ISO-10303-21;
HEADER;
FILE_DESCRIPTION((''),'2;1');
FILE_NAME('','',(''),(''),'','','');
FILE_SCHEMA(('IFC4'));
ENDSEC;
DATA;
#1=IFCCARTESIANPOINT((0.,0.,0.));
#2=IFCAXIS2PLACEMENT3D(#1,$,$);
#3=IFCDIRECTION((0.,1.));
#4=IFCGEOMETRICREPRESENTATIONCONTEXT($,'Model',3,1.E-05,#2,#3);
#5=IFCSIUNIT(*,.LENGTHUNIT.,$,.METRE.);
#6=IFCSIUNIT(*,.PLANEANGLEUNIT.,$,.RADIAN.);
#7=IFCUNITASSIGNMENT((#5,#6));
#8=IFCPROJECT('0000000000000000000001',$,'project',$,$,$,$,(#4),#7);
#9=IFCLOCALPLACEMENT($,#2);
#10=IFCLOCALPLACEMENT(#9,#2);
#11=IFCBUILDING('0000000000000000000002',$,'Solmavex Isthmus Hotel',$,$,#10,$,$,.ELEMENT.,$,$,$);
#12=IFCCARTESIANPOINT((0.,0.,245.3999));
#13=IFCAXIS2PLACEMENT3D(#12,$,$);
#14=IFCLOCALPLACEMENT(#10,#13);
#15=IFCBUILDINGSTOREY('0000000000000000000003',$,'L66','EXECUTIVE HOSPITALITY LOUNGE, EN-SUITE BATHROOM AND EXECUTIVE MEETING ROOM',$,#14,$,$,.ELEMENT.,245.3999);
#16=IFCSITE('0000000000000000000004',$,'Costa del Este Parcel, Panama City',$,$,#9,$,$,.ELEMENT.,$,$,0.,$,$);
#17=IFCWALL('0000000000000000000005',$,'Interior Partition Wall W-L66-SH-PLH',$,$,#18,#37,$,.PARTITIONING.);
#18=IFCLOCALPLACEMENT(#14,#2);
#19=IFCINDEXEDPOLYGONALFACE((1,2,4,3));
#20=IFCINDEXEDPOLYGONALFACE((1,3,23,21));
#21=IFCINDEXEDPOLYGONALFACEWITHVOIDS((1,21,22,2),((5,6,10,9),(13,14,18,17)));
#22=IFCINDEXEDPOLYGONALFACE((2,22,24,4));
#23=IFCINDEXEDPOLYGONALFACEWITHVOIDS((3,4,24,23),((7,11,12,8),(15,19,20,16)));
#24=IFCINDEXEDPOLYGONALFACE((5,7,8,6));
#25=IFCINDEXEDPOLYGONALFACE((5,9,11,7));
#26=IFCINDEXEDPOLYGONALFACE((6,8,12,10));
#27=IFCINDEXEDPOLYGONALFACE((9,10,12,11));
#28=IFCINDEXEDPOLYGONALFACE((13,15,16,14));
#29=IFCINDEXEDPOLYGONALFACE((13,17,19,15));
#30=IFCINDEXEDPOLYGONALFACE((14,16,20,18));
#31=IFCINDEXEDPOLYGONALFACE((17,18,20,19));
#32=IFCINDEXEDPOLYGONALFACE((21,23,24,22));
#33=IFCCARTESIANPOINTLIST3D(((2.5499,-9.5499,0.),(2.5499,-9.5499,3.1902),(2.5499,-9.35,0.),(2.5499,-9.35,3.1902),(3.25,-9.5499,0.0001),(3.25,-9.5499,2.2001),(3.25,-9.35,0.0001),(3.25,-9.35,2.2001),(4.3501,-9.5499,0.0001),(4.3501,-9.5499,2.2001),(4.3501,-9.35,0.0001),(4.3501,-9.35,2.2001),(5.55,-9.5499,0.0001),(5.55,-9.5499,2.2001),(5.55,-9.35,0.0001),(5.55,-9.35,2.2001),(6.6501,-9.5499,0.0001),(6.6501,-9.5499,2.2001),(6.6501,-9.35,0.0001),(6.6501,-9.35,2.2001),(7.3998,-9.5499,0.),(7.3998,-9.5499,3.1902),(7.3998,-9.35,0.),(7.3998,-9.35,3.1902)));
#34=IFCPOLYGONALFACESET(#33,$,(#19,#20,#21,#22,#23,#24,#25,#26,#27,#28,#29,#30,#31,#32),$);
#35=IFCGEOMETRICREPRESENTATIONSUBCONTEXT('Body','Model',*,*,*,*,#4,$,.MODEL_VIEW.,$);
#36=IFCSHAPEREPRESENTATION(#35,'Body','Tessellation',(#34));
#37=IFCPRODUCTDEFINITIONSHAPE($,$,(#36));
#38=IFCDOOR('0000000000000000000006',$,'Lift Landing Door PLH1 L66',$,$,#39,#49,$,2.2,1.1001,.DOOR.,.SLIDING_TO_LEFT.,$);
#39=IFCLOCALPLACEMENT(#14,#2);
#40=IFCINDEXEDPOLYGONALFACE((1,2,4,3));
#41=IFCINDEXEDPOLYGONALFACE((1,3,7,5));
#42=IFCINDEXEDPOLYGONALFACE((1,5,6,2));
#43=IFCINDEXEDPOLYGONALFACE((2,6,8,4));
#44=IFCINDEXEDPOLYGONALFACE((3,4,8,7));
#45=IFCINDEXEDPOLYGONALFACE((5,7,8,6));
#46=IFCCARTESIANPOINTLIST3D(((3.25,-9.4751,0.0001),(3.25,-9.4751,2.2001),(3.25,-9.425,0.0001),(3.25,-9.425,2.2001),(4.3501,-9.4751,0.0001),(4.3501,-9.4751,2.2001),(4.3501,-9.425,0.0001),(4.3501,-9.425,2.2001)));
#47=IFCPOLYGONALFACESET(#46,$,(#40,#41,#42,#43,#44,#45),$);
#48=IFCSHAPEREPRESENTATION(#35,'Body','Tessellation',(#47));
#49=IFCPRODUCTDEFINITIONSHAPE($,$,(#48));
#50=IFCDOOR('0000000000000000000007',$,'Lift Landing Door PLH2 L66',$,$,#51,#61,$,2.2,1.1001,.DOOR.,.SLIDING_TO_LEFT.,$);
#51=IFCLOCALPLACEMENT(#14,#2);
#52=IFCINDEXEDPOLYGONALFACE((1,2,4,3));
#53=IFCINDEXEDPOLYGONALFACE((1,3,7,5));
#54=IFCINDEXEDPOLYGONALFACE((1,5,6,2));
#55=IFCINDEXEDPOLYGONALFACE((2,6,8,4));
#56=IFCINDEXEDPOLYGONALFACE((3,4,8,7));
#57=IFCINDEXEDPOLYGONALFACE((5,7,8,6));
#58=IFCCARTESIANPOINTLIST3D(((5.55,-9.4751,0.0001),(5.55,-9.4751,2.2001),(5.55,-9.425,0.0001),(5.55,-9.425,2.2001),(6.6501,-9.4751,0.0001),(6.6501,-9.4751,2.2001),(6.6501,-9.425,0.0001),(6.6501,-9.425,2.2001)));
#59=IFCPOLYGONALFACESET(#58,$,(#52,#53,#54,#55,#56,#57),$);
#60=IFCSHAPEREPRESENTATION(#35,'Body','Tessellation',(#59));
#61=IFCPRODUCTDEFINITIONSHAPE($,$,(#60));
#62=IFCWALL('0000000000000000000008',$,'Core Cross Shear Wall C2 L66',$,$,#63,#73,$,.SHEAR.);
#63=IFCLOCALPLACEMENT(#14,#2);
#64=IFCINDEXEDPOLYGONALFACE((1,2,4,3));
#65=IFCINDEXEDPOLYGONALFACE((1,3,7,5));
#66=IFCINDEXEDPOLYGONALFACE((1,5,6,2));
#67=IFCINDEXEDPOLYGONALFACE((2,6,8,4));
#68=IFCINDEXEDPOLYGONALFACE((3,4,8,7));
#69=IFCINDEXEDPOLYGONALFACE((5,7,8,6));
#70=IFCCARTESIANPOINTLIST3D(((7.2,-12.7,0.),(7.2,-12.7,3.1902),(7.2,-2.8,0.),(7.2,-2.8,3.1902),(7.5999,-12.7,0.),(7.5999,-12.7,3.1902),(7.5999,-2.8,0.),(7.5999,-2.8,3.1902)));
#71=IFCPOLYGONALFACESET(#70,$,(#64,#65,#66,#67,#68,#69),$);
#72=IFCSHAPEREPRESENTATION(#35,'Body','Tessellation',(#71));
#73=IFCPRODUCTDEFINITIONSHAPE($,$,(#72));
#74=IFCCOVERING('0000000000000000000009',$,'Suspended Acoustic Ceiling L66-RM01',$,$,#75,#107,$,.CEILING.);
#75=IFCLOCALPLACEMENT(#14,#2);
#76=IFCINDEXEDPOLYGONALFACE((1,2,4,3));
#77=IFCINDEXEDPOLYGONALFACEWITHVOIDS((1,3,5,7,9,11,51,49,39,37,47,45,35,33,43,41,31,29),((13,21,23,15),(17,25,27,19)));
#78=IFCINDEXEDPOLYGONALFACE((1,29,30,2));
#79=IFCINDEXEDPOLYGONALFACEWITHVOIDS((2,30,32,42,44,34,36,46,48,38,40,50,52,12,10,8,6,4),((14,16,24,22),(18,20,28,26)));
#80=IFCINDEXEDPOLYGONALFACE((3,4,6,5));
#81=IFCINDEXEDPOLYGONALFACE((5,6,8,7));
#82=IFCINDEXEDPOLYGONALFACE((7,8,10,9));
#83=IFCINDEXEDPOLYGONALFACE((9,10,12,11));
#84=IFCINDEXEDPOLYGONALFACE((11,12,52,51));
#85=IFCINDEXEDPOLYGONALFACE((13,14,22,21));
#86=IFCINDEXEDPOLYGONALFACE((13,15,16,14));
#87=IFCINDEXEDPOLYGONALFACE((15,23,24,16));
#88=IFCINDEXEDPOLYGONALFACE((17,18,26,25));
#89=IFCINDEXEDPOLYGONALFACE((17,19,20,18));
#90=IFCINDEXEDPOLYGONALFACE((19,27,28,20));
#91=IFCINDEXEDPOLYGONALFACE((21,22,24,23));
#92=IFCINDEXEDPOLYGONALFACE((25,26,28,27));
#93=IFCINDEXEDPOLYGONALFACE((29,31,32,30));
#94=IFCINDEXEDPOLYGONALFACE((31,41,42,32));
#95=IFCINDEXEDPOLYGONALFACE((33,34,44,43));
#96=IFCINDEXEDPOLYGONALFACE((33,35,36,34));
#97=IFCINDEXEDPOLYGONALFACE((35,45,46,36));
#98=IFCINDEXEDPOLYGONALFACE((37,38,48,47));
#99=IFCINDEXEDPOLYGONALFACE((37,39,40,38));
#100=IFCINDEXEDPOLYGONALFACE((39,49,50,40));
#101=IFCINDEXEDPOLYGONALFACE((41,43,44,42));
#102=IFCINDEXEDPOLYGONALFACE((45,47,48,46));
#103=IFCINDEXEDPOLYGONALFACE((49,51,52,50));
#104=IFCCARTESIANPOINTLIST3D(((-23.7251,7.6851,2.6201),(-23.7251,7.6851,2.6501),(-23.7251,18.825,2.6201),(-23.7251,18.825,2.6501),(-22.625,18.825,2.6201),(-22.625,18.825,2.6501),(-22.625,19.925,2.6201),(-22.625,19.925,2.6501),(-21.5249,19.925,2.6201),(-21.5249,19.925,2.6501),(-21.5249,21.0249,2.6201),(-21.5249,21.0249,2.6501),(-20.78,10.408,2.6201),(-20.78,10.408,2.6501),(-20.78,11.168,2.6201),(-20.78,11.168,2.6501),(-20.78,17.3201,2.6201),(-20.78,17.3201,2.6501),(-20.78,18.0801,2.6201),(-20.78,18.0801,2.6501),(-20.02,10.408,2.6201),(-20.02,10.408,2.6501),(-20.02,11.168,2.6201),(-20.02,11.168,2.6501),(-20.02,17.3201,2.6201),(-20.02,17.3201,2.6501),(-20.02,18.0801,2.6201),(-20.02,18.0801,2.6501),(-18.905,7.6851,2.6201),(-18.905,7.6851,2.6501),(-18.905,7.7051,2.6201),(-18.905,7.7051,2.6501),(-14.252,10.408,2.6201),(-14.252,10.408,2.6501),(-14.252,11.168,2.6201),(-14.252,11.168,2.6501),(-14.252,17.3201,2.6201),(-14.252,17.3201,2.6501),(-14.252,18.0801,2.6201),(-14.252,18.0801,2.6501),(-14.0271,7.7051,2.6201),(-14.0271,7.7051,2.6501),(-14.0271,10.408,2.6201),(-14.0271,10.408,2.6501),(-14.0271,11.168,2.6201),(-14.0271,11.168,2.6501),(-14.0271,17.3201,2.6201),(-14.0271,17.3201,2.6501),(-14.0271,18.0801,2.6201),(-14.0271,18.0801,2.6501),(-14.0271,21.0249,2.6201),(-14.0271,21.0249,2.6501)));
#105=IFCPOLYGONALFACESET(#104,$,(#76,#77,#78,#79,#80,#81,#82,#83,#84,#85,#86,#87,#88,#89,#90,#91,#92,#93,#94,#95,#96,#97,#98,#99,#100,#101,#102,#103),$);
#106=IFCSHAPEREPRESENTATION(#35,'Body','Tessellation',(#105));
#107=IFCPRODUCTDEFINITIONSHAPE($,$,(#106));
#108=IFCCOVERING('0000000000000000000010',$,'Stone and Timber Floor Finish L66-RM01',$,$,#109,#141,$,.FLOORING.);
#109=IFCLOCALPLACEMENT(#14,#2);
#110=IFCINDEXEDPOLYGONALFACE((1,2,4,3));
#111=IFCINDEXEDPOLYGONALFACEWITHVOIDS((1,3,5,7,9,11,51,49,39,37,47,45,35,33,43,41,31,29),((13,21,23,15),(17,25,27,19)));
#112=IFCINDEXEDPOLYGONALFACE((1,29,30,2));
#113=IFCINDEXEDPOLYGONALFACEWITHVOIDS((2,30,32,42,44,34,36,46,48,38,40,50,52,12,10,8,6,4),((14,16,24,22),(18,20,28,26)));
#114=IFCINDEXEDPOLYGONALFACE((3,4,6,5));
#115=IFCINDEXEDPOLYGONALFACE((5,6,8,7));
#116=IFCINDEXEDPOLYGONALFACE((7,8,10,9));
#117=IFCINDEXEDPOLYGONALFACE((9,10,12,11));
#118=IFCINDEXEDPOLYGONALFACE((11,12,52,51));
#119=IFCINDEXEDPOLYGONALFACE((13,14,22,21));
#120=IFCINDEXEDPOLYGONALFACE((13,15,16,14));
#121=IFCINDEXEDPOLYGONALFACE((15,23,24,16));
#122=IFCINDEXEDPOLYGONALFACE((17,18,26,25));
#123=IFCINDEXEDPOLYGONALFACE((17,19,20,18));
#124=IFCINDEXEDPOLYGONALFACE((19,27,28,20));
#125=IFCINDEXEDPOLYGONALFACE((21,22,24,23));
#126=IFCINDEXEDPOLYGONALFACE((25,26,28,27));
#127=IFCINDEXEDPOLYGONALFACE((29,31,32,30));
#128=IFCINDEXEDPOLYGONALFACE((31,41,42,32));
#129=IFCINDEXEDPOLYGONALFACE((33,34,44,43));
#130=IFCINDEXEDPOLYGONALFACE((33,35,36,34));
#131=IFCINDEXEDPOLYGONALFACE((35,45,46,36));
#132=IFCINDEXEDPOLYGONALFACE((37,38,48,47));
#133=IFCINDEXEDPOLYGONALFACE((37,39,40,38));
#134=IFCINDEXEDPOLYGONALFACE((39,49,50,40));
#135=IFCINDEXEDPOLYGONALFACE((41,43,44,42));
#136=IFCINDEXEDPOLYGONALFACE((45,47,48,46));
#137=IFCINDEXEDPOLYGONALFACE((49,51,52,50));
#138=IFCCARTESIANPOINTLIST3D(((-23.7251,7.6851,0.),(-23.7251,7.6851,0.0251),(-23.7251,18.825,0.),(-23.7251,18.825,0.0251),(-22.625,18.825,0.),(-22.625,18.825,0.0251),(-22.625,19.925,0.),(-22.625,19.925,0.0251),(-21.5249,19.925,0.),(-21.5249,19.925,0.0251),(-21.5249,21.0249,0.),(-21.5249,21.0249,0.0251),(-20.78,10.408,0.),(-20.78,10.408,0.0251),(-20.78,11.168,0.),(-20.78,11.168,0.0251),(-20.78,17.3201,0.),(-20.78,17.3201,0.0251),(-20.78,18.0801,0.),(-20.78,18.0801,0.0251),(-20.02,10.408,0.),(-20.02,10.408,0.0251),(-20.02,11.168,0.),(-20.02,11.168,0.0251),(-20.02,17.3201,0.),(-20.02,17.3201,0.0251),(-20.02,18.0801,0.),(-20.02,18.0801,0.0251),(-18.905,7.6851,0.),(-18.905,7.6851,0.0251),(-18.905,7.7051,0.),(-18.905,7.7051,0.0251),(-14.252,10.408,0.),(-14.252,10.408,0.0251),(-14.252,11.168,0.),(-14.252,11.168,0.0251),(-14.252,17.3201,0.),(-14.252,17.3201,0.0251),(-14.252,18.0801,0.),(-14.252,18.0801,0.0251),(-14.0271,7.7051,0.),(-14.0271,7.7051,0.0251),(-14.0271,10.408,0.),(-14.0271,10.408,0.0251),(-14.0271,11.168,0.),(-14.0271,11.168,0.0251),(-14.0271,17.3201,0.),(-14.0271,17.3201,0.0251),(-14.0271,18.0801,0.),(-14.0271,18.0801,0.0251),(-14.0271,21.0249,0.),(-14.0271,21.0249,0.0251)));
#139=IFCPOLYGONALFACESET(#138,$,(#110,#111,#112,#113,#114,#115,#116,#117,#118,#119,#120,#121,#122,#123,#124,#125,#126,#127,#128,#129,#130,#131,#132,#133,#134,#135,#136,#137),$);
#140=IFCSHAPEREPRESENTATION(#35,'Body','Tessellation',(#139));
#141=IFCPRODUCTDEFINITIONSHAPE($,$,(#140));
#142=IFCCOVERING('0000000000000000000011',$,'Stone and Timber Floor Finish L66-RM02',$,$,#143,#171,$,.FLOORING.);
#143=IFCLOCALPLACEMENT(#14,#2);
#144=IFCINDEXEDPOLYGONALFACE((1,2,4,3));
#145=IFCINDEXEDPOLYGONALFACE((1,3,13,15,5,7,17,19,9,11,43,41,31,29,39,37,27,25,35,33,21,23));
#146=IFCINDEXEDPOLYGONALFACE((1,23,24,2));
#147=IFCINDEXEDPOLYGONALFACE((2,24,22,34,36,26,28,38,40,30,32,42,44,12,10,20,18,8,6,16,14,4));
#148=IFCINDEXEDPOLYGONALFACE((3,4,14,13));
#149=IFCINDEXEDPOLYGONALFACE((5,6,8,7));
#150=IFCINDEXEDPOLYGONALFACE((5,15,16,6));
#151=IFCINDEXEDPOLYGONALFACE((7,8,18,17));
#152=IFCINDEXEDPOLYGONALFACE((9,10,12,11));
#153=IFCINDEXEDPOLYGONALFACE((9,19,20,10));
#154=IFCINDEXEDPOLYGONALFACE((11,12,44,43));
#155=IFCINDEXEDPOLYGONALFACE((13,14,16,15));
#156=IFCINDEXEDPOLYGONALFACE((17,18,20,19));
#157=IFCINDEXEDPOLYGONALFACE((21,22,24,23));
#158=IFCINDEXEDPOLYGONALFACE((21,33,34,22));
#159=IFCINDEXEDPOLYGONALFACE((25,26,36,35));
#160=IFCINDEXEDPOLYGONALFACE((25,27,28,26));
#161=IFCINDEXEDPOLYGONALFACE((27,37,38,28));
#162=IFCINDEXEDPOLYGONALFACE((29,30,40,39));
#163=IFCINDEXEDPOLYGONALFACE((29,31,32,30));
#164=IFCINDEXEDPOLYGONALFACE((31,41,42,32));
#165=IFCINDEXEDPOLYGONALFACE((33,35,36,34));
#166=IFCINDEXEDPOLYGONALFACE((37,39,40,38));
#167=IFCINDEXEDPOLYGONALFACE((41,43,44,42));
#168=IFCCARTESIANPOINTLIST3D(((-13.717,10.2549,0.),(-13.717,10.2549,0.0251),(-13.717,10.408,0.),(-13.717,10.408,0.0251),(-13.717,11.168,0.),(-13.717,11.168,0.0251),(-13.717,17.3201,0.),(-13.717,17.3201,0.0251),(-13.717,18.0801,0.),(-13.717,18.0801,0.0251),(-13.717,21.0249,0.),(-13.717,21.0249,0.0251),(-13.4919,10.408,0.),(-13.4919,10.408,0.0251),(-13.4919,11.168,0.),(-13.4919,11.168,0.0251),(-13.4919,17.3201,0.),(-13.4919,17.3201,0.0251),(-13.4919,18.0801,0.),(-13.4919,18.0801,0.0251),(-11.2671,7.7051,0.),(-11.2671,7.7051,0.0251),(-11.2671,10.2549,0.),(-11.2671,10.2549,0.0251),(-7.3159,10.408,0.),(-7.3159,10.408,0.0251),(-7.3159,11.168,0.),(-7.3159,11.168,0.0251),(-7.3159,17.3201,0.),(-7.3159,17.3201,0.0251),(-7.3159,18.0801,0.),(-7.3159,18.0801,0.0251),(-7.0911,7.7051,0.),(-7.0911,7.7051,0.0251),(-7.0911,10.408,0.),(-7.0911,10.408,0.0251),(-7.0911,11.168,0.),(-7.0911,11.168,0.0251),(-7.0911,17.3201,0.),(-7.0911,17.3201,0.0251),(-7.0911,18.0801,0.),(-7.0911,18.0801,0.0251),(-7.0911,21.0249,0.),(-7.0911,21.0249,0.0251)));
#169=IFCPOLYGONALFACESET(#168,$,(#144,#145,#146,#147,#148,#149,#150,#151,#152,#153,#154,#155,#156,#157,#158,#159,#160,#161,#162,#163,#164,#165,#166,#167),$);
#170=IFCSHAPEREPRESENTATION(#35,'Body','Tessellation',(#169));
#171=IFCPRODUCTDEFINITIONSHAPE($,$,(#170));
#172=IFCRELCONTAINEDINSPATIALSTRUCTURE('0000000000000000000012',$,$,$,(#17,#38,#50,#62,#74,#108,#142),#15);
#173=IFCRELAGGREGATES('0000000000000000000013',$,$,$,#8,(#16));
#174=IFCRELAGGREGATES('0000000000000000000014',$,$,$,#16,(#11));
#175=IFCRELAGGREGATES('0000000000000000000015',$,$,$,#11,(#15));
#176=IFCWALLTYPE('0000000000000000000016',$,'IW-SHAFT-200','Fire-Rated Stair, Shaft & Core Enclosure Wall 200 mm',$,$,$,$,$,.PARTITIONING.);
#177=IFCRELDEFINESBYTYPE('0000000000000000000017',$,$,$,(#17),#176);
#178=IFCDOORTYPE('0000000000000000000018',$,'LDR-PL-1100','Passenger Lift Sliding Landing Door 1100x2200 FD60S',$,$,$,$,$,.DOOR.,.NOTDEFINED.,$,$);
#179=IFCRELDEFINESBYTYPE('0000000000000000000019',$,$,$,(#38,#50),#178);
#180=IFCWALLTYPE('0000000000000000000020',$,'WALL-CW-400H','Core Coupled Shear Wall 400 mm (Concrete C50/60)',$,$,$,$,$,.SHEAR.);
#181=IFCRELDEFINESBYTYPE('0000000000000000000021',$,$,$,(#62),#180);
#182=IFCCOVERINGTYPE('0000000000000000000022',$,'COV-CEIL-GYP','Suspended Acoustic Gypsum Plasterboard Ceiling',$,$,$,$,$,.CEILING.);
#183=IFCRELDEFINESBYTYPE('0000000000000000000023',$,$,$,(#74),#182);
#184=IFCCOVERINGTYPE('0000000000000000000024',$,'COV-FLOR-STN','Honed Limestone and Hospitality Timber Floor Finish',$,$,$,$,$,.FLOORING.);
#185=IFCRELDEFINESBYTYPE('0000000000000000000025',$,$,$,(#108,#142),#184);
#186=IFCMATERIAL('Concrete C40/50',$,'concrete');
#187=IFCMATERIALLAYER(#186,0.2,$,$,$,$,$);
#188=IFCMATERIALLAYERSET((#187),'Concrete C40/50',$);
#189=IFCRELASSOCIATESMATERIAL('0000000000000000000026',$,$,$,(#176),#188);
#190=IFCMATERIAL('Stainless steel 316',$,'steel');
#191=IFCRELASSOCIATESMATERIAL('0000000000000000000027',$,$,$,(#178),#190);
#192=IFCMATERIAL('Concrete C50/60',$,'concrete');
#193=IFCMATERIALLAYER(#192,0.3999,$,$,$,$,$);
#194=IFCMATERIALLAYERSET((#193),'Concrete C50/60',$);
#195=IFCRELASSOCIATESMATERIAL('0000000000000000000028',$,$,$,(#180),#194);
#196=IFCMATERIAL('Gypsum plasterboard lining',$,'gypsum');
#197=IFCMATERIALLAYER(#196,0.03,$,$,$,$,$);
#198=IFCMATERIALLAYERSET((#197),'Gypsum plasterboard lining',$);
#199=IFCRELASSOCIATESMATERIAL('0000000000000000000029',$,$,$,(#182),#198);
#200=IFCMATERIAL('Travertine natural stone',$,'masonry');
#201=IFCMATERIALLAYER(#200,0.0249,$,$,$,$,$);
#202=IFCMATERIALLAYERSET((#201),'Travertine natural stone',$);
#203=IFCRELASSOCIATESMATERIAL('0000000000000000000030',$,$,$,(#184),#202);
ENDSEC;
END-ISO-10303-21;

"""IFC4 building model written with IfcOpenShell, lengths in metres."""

from ifc_helpers import new_model, si_unit, direction, frame, frame_2d, origin, place, context, subcontext, project, spatial, polyline, rectangle, outline, extrude, material, layer, layer_set, type_object, element, fill, save


model = new_model("IFC4")

# Units and contexts
model_context = context("Model", 3, precision=1e-05, world=origin(), true_north=direction((0.0, 1.0)))
body_context = subcontext(model_context, "Body", "Model", "MODEL_VIEW")
ifc_project = project(units=[si_unit("LENGTHUNIT", "METRE"), si_unit("PLANEANGLEUNIT", "RADIAN")], contexts=[model_context])

# Site, building, storey
site_placement = place(None, origin())
site = spatial("IfcSite", under=ifc_project, at=site_placement, Name="Costa del Este Parcel, Panama City", CompositionType="ELEMENT", RefElevation=0.0)
building_placement = place(site_placement, origin())
building = spatial("IfcBuilding", under=site, at=building_placement, Name="Solmavex Isthmus Hotel", CompositionType="ELEMENT")
storey_placement = place(building_placement, frame((0.0, 0.0, 245.3999)))
storey = spatial("IfcBuildingStorey", under=building, at=storey_placement, Name="L66", Description="EXECUTIVE HOSPITALITY LOUNGE, EN-SUITE BATHROOM AND EXECUTIVE MEETING ROOM", CompositionType="ELEMENT", Elevation=245.3999)

# Shared definitions
ifc_material_1 = material(Name="Concrete C50/60", Category="concrete")

# Shared definitions
ifc_material_2 = material(Name="Concrete C40/50", Category="concrete")

# Shared definitions
ifc_material_3 = material(Name="Gypsum plasterboard lining", Category="gypsum")

# Wall, openings, doors
ifc_layer_1 = layer(ifc_material_2, 0.2)
ifc_layer_set_1 = layer_set([ifc_layer_1], Name="Concrete C40/50")
wall_type_1 = type_object("IfcWallType", Name="IW-SHAFT-200", Description="Fire-Rated Stair, Shaft & Core Enclosure Wall 200 mm", PredefinedType="PARTITIONING", material=ifc_layer_set_1)
ifc_material_4 = material(Name="Stainless steel 316", Category="steel")
wall_1_placement = place(storey_placement, frame((2.55, -9.45, 0.0), z_axis=(0.0, 0.0, 1.0), x_axis=(1.0, 0.0, 0.0)))
wall_1 = element("IfcWall", 1, at=wall_1_placement, inside=storey, type_object=wall_type_1, Name="Interior Partition Wall W-L66-SH-PLH", PredefinedType="PARTITIONING", context=body_context, shape_type="SweptSolid", body=[
    extrude(rectangle(XDim=4.8499, YDim=0.2, at=frame_2d((2.4248, 0.0))), origin(), (0.0, 0.0, 1.0), 3.1902),
])
opening_1_placement = place(wall_1_placement, frame((0.7, 0.0, 0.0)))
opening_1 = element("IfcOpeningElement", 2, at=opening_1_placement, cuts=wall_1, PredefinedType="OPENING", context=body_context, shape_type="SweptSolid", body=[
    extrude(rectangle(XDim=1.1001, YDim=2.2, at=frame_2d((0.55, 1.1001))), frame((0.0, 0.1099, 0.0), z_axis=(0.0, -1.0, 0.0), x_axis=(1.0, 0.0, 0.0)), (0.0, 0.0, 1.0), 0.22),
])
opening_2_placement = place(wall_1_placement, frame((3.0, 0.0, 0.0)))
opening_2 = element("IfcOpeningElement", 3, at=opening_2_placement, cuts=wall_1, PredefinedType="OPENING", context=body_context, shape_type="SweptSolid", body=[
    extrude(rectangle(XDim=1.1001, YDim=2.2, at=frame_2d((0.55, 1.1001))), frame((0.0, 0.1099, 0.0), z_axis=(0.0, -1.0, 0.0), x_axis=(1.0, 0.0, 0.0)), (0.0, 0.0, 1.0), 0.22),
])
door_type_1 = type_object("IfcDoorType", Name="LDR-PL-1100", Description="Passenger Lift Sliding Landing Door 1100x2200 FD60S", OperationType="NOTDEFINED", PredefinedType="DOOR", material=ifc_material_4)
door_1_placement = place(opening_1_placement, origin())
door_1 = element("IfcDoor", 4, at=door_1_placement, inside=storey, type_object=door_type_1, Name="Lift Landing Door PLH1 L66", OperationType="SLIDING_TO_LEFT", OverallHeight=2.2, OverallWidth=1.1001, PredefinedType="DOOR", context=body_context, shape_type="SweptSolid", body=[
    extrude(rectangle(XDim=1.1001, YDim=2.2, at=frame_2d((0.55, 1.1001))), frame((0.0, 0.0249, 0.0), z_axis=(0.0, -1.0, 0.0), x_axis=(1.0, 0.0, 0.0)), (0.0, 0.0, 1.0), 0.05),
])
fill(opening_1, door_1)
door_2_placement = place(opening_2_placement, origin())
door_2 = element("IfcDoor", 5, at=door_2_placement, inside=storey, type_object=door_type_1, Name="Lift Landing Door PLH2 L66", OperationType="SLIDING_TO_LEFT", OverallHeight=2.2, OverallWidth=1.1001, PredefinedType="DOOR", context=body_context, shape_type="SweptSolid", body=[
    extrude(rectangle(XDim=1.1001, YDim=2.2, at=frame_2d((0.55, 1.1001))), frame((0.0, 0.0249, 0.0), z_axis=(0.0, -1.0, 0.0), x_axis=(1.0, 0.0, 0.0)), (0.0, 0.0, 1.0), 0.05),
])
fill(opening_2, door_2)

# Wall
ifc_layer_2 = layer(ifc_material_1, 0.3999)
ifc_layer_set_2 = layer_set([ifc_layer_2], Name="Concrete C50/60")
wall_type_2 = type_object("IfcWallType", Name="WALL-CW-400H", Description="Core Coupled Shear Wall 400 mm (Concrete C50/60)", PredefinedType="SHEAR", material=ifc_layer_set_2)
wall_2_placement = place(storey_placement, frame((7.3999, -12.7, 0.0), z_axis=(0.0, 0.0, 1.0), x_axis=(0.0, 1.0, 0.0)))
element("IfcWall", 6, at=wall_2_placement, inside=storey, type_object=wall_type_2, Name="Core Cross Shear Wall C2 L66", PredefinedType="SHEAR", context=body_context, shape_type="SweptSolid", body=[
    extrude(rectangle(XDim=9.8999, YDim=0.3999, at=frame_2d((4.95, 0.0))), origin(), (0.0, 0.0, 1.0), 3.1902),
])

# Coverings
ifc_layer_3 = layer(ifc_material_3, 0.03)
ifc_layer_set_3 = layer_set([ifc_layer_3], Name="Gypsum plasterboard lining")
covering_type_1 = type_object("IfcCoveringType", Name="COV-CEIL-GYP", Description="Suspended Acoustic Gypsum Plasterboard Ceiling", PredefinedType="CEILING", material=ifc_layer_set_3)
covering_1_placement = place(storey_placement, frame((0.0, 0.0, 2.6201)))
element("IfcCovering", 7, at=covering_1_placement, inside=storey, type_object=covering_type_1, Name="Suspended Acoustic Ceiling L66-RM01", PredefinedType="CEILING", context=body_context, shape_type="SweptSolid", body=[
    extrude(outline(polyline([(-18.905, 7.6851), (-18.905, 7.7051), (-14.0271, 7.7051), (-14.0271, 10.408), (-14.252, 10.408), (-14.252, 11.168), (-14.0271, 11.168), (-14.0271, 17.3201), (-14.252, 17.3201), (-14.252, 18.0801), (-14.0271, 18.0801), (-14.0271, 21.0249), (-21.5249, 21.0249), (-21.5249, 19.925), (-22.625, 19.925), (-22.625, 18.825), (-23.7251, 18.825), (-23.7251, 7.6851), (-18.905, 7.6851)]), holes=[polyline([(-20.78, 10.408), (-20.78, 11.168), (-20.02, 11.168), (-20.02, 10.408), (-20.78, 10.408)]), polyline([(-20.78, 17.3201), (-20.78, 18.0801), (-20.02, 18.0801), (-20.02, 17.3201), (-20.78, 17.3201)])]), origin(), (0.0, 0.0, 1.0), 0.03),
])
ifc_material_5 = material(Name="Travertine natural stone", Category="masonry")
ifc_layer_4 = layer(ifc_material_5, 0.0249)
ifc_layer_set_4 = layer_set([ifc_layer_4], Name="Travertine natural stone")
covering_type_2 = type_object("IfcCoveringType", Name="COV-FLOR-STN", Description="Honed Limestone and Hospitality Timber Floor Finish", PredefinedType="FLOORING", material=ifc_layer_set_4)
covering_2_placement = place(storey_placement, origin())
element("IfcCovering", 8, at=covering_2_placement, inside=storey, type_object=covering_type_2, Name="Stone and Timber Floor Finish L66-RM01", PredefinedType="FLOORING", context=body_context, shape_type="SweptSolid", body=[
    extrude(outline(polyline([(-18.905, 7.6851), (-18.905, 7.7051), (-14.0271, 7.7051), (-14.0271, 10.408), (-14.252, 10.408), (-14.252, 11.168), (-14.0271, 11.168), (-14.0271, 17.3201), (-14.252, 17.3201), (-14.252, 18.0801), (-14.0271, 18.0801), (-14.0271, 21.0249), (-21.5249, 21.0249), (-21.5249, 19.925), (-22.625, 19.925), (-22.625, 18.825), (-23.7251, 18.825), (-23.7251, 7.6851), (-18.905, 7.6851)]), holes=[polyline([(-20.78, 10.408), (-20.78, 11.168), (-20.02, 11.168), (-20.02, 10.408), (-20.78, 10.408)]), polyline([(-20.78, 17.3201), (-20.78, 18.0801), (-20.02, 18.0801), (-20.02, 17.3201), (-20.78, 17.3201)])]), origin(), (0.0, 0.0, 1.0), 0.0251),
])
covering_3_placement = place(storey_placement, origin())
element("IfcCovering", 9, at=covering_3_placement, inside=storey, type_object=covering_type_2, Name="Stone and Timber Floor Finish L66-RM02", PredefinedType="FLOORING", context=body_context, shape_type="SweptSolid", body=[
    extrude(outline(polyline([(-13.717, 11.168), (-13.4919, 11.168), (-13.4919, 10.408), (-13.717, 10.408), (-13.717, 10.2549), (-11.2671, 10.2549), (-11.2671, 7.7051), (-7.0911, 7.7051), (-7.0911, 10.408), (-7.3159, 10.408), (-7.3159, 11.168), (-7.0911, 11.168), (-7.0911, 17.3201), (-7.3159, 17.3201), (-7.3159, 18.0801), (-7.0911, 18.0801), (-7.0911, 21.0249), (-13.717, 21.0249), (-13.717, 18.0801), (-13.4919, 18.0801), (-13.4919, 17.3201), (-13.717, 17.3201), (-13.717, 11.168)])), origin(), (0.0, 0.0, 1.0), 0.0251),
])

save(model, "model.ifc")
